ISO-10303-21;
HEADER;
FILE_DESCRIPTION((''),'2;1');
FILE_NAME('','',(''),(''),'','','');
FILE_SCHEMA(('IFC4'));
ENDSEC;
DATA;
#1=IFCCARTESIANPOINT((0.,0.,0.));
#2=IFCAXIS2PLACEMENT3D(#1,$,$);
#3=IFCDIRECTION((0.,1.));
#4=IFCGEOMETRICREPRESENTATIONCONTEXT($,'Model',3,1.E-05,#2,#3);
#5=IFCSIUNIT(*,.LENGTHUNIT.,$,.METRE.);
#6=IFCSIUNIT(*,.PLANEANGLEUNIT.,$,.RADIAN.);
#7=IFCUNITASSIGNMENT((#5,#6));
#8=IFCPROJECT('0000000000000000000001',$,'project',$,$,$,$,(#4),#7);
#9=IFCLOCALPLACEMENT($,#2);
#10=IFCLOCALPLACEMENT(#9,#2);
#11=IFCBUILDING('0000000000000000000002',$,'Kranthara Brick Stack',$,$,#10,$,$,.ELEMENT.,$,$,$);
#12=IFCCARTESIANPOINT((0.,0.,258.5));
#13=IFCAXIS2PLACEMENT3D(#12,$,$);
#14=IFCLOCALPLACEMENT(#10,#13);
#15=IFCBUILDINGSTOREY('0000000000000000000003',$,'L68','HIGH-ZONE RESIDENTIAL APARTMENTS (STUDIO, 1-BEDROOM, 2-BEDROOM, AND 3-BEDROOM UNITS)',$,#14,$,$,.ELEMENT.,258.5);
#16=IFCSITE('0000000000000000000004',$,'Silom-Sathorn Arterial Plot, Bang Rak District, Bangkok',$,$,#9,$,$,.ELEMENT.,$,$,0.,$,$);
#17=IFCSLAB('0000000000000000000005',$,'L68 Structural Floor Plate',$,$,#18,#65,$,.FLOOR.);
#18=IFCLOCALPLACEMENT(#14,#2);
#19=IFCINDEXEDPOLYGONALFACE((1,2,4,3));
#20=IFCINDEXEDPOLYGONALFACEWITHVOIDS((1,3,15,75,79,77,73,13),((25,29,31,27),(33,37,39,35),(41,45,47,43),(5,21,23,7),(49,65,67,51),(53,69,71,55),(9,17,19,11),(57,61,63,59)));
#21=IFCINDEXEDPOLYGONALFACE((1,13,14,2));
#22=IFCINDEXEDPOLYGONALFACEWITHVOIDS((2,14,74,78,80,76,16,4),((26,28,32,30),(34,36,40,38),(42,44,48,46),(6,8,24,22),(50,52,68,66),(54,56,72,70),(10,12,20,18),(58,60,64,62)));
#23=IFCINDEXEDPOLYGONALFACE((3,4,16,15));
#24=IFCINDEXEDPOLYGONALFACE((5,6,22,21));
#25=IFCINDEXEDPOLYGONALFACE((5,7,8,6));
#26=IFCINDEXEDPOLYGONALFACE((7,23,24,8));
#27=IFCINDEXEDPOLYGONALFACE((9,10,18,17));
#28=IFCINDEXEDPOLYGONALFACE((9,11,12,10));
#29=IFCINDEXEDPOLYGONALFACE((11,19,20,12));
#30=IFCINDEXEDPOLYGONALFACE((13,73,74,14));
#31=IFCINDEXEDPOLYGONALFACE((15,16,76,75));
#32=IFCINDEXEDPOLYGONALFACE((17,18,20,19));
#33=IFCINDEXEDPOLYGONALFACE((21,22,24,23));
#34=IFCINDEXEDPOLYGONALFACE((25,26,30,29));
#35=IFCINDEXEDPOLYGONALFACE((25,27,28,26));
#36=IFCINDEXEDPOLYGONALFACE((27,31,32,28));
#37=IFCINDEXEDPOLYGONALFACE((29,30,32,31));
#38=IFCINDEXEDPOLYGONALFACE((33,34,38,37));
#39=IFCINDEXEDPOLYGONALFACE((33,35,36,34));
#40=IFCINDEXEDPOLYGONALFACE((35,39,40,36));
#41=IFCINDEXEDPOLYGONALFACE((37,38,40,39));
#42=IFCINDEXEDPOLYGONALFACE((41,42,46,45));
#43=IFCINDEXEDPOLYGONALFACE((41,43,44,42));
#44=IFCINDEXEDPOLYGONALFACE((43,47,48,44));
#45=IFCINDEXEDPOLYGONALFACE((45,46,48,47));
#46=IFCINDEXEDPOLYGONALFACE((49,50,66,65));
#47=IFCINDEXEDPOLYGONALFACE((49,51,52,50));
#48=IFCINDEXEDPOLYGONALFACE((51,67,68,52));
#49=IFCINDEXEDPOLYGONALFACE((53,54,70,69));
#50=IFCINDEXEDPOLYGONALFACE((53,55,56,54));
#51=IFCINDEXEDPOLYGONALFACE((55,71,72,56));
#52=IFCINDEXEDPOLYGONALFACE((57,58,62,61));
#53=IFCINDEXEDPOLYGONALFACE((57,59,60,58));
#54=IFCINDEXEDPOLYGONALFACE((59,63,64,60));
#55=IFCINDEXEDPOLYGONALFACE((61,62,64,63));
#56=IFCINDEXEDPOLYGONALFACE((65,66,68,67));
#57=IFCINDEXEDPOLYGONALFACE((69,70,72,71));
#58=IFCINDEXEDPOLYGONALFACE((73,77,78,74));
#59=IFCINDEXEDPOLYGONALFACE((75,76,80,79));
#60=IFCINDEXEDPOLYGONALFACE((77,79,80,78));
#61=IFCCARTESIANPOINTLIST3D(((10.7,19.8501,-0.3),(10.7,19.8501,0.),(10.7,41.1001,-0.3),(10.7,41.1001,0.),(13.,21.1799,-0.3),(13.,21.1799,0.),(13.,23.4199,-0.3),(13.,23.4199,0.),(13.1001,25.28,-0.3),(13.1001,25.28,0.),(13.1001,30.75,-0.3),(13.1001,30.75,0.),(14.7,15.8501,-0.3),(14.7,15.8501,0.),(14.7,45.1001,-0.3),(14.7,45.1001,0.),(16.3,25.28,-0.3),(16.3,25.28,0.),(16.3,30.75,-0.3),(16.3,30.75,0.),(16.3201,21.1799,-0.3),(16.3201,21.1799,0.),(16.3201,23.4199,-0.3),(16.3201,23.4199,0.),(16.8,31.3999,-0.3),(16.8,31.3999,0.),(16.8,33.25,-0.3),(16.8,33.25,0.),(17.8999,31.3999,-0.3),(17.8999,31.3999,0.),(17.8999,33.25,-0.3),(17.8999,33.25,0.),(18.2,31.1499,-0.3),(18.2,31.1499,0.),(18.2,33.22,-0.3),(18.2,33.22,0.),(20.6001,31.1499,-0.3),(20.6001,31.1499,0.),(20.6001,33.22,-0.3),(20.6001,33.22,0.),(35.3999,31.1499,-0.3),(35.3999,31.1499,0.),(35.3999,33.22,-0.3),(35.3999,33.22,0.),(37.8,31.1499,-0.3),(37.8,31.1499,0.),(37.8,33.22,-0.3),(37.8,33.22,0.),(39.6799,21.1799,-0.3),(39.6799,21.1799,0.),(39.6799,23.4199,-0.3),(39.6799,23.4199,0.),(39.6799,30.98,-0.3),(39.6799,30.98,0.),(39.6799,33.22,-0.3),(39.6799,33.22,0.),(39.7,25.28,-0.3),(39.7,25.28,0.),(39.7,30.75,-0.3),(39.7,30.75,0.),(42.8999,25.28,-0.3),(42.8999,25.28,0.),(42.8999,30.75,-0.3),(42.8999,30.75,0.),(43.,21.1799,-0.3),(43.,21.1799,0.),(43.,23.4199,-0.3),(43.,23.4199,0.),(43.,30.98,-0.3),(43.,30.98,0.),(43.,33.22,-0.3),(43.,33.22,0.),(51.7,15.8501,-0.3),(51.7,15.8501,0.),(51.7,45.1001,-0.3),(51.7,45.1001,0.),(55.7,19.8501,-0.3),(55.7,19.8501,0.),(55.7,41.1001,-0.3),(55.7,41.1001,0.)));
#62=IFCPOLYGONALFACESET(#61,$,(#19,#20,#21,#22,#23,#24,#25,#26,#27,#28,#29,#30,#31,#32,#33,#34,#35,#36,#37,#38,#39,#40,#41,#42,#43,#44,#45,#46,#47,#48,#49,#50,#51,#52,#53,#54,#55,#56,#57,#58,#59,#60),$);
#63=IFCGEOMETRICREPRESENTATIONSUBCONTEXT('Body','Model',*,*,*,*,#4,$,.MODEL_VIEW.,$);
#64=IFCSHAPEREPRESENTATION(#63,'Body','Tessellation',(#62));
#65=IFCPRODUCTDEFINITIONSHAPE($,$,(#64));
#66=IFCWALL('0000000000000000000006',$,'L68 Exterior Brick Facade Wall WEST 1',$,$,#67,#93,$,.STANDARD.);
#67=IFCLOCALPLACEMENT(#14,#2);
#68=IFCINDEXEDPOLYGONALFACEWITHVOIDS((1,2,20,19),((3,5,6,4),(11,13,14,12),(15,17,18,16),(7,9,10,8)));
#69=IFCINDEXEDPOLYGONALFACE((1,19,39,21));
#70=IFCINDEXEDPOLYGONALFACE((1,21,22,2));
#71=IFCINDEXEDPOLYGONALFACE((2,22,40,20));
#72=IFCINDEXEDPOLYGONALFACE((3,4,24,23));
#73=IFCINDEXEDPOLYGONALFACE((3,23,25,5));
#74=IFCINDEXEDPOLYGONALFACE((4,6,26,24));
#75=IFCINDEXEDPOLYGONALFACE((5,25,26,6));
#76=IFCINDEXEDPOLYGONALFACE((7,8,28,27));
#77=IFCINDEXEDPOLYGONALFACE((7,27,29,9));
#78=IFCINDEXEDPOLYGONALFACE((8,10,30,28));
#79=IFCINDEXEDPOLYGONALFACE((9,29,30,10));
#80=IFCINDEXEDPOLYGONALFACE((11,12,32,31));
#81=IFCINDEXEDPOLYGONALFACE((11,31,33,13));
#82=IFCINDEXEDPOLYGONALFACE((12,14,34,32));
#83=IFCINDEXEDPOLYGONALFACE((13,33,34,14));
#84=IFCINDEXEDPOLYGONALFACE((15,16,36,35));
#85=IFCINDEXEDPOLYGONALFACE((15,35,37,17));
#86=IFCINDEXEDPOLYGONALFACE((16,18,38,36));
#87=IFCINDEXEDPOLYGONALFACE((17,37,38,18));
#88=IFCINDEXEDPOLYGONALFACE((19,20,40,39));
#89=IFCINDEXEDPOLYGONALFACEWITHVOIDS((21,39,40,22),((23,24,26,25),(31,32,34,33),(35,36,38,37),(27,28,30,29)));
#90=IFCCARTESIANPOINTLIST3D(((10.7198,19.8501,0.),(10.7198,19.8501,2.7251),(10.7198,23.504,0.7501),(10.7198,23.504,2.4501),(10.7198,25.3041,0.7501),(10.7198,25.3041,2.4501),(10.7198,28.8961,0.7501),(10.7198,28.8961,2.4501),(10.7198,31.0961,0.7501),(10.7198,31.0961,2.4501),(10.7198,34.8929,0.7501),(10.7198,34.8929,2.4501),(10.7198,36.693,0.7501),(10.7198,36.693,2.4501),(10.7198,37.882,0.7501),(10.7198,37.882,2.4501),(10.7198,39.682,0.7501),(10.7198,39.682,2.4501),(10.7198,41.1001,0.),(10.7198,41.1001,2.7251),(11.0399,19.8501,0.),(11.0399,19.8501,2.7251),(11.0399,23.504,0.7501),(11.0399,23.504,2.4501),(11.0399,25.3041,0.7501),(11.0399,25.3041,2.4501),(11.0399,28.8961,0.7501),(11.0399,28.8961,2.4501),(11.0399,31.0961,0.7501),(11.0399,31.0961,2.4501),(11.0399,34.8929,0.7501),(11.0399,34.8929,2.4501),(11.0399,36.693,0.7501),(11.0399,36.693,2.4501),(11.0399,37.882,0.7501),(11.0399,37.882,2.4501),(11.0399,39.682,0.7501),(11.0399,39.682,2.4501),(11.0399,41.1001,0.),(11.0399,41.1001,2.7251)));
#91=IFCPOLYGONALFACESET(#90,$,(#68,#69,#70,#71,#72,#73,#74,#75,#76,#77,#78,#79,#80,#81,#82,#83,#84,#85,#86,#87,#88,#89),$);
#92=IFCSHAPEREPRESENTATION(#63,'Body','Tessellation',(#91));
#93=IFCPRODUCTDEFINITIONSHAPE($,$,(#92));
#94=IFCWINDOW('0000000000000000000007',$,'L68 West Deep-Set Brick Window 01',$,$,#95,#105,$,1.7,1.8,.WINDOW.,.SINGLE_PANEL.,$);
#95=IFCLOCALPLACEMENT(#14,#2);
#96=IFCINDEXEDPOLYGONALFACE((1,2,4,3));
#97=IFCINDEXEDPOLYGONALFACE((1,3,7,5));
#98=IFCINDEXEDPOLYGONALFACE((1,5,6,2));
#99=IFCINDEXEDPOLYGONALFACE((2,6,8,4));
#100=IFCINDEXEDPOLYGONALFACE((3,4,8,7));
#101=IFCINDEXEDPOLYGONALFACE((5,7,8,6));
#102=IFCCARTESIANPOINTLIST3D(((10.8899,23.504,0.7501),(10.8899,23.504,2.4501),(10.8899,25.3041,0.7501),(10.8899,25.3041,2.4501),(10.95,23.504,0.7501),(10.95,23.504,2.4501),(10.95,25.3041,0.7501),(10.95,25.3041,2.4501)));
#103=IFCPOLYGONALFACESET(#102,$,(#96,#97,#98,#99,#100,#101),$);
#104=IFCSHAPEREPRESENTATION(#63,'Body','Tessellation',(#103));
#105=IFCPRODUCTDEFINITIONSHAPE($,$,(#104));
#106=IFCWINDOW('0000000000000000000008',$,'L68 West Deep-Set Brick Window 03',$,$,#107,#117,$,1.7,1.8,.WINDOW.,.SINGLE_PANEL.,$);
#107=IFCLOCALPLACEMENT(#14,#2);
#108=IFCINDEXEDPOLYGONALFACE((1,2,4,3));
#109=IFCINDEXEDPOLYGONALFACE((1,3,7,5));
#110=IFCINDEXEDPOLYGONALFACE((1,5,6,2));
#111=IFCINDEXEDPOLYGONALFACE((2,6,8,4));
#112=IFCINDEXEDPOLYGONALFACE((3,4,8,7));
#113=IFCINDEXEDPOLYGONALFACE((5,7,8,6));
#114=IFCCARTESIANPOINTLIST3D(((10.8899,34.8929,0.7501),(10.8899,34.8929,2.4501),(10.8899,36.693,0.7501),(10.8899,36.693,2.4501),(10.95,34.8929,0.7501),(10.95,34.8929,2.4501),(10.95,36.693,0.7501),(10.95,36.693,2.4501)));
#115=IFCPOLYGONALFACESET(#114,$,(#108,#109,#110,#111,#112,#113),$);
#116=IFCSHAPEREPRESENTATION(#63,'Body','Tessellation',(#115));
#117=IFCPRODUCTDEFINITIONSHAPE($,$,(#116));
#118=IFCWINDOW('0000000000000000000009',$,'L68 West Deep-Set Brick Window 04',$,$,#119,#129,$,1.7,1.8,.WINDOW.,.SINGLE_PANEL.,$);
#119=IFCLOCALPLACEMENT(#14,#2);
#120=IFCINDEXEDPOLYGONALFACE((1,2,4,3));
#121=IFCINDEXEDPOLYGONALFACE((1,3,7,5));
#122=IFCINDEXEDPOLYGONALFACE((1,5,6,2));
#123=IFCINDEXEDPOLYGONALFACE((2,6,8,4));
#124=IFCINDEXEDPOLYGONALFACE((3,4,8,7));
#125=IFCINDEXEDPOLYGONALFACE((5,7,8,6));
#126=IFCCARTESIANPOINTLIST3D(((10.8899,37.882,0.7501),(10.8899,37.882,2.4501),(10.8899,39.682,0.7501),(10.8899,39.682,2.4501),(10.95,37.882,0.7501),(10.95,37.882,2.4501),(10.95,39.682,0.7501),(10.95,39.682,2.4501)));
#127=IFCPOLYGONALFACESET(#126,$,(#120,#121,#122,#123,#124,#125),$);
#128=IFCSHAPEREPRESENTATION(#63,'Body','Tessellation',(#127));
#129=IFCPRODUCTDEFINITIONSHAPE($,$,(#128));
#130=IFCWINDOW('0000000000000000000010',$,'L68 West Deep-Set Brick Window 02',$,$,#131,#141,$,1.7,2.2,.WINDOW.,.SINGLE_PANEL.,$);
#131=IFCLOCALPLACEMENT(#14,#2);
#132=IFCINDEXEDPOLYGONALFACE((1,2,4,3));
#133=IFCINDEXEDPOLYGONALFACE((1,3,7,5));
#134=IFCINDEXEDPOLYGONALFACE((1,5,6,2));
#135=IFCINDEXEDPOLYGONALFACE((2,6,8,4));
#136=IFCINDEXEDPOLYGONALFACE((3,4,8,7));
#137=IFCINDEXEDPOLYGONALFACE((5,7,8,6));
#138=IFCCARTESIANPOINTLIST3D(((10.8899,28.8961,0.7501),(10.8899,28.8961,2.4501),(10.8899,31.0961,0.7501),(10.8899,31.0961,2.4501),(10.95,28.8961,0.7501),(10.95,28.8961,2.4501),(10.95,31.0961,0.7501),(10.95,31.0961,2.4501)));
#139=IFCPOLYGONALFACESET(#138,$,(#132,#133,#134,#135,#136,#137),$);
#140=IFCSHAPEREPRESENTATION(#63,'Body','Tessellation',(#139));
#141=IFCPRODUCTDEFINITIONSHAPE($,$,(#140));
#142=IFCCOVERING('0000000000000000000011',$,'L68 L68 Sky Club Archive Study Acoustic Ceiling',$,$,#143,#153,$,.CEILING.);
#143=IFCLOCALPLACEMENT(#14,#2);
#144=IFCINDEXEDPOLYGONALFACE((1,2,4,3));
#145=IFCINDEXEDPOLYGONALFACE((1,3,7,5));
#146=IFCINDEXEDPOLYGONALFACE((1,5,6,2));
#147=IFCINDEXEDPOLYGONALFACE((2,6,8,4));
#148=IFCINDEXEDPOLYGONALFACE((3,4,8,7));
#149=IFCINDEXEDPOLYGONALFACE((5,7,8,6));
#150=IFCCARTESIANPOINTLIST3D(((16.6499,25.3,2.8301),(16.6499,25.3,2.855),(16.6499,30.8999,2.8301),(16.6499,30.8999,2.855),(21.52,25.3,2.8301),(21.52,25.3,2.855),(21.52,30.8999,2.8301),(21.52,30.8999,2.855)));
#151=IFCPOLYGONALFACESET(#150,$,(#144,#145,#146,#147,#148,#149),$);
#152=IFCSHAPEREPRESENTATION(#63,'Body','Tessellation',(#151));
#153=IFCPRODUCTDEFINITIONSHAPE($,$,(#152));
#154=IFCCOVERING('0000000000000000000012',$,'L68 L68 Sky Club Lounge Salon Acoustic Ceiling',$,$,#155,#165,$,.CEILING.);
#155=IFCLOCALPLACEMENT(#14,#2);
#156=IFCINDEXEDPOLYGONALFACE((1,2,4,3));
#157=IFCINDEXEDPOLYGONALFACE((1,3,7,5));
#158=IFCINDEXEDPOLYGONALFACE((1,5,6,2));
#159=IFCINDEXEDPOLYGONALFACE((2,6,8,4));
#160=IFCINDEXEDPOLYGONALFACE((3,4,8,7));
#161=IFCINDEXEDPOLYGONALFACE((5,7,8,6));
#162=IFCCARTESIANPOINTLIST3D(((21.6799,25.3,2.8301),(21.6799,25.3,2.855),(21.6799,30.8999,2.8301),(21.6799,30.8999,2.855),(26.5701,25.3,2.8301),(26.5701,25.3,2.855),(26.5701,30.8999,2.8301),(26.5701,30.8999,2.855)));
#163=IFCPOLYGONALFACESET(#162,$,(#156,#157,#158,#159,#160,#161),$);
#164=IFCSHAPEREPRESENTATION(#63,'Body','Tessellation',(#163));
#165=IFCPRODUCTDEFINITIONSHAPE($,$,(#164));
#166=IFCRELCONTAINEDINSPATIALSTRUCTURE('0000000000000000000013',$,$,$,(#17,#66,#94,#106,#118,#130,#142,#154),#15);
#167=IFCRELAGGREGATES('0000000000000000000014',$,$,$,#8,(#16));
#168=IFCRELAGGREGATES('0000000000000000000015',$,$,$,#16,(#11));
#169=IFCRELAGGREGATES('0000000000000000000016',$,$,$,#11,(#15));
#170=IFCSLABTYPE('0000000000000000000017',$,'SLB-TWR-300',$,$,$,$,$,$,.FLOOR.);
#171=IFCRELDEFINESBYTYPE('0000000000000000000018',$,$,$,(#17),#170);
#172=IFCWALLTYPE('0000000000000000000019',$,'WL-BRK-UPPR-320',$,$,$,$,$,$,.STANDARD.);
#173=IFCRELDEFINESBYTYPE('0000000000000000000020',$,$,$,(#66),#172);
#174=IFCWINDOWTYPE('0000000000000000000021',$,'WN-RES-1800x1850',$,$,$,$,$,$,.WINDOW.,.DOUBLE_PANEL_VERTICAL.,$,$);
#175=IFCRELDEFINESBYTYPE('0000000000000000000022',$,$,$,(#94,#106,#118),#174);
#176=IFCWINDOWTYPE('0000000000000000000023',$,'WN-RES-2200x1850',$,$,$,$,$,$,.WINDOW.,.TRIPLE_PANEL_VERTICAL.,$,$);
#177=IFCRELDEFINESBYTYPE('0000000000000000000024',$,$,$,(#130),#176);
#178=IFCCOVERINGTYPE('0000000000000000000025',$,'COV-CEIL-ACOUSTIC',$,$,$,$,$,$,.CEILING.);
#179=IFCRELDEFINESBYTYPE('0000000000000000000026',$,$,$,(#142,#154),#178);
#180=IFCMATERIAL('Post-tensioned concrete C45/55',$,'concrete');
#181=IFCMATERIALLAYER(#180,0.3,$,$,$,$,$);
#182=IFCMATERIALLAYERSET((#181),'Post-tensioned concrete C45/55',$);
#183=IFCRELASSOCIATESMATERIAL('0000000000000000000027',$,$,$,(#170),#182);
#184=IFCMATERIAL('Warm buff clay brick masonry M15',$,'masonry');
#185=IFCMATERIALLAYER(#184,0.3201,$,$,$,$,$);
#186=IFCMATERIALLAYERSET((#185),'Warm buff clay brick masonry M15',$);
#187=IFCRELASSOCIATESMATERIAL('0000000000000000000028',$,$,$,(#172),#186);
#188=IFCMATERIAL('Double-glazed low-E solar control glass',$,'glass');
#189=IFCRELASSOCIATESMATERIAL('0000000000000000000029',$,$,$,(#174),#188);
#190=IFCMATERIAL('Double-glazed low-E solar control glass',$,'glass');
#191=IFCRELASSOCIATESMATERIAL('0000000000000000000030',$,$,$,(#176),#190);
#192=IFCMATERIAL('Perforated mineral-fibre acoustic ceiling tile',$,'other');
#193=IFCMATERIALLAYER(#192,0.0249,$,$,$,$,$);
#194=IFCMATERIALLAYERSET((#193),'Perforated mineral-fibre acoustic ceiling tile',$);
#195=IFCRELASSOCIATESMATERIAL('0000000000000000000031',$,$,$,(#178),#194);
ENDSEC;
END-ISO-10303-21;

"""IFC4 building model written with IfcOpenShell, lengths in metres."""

from ifc_helpers import new_model, si_unit, direction, frame, frame_2d, origin, place, context, subcontext, project, spatial, polyline, rectangle, outline, extrude, material, layer, layer_set, type_object, element, fill, save


model = new_model("IFC4")

# Units and contexts
model_context = context("Model", 3, precision=1e-05, world=origin(), true_north=direction((0.0, 1.0)))
body_context = subcontext(model_context, "Body", "Model", "MODEL_VIEW")
ifc_project = project(units=[si_unit("LENGTHUNIT", "METRE"), si_unit("PLANEANGLEUNIT", "RADIAN")], contexts=[model_context])

# Site, building, storey
site_placement = place(None, origin())
site = spatial("IfcSite", under=ifc_project, at=site_placement, Name="Silom-Sathorn Arterial Plot, Bang Rak District, Bangkok", CompositionType="ELEMENT", RefElevation=0.0)
building_placement = place(site_placement, origin())
building = spatial("IfcBuilding", under=site, at=building_placement, Name="Kranthara Brick Stack", CompositionType="ELEMENT")
storey_placement = place(building_placement, frame((0.0, 0.0, 258.5)))
storey = spatial("IfcBuildingStorey", under=building, at=storey_placement, Name="L68", Description="HIGH-ZONE RESIDENTIAL APARTMENTS (STUDIO, 1-BEDROOM, 2-BEDROOM, AND 3-BEDROOM UNITS)", CompositionType="ELEMENT", Elevation=258.5)

# Slab
ifc_material_1 = material(Name="Post-tensioned concrete C45/55", Category="concrete")
ifc_layer_1 = layer(ifc_material_1, 0.3)
ifc_layer_set_1 = layer_set([ifc_layer_1], Name="Post-tensioned concrete C45/55")
slab_type_1 = type_object("IfcSlabType", Name="SLB-TWR-300", PredefinedType="FLOOR", material=ifc_layer_set_1)
slab_1_placement = place(storey_placement, frame((0.0, 0.0, -0.3)))
element("IfcSlab", 1, at=slab_1_placement, inside=storey, type_object=slab_type_1, Name="L68 Structural Floor Plate", PredefinedType="FLOOR", context=body_context, shape_type="SweptSolid", body=[
    extrude(outline(polyline([(14.7, 15.8501), (51.7, 15.8501), (55.7, 19.8501), (55.7, 41.1001), (51.7, 45.1001), (14.7, 45.1001), (10.7, 41.1001), (10.7, 19.8501), (14.7, 15.8501)]), holes=[polyline([(13.1001, 25.28), (16.3, 25.28), (16.3, 30.75), (13.1001, 30.75), (13.1001, 25.28)]), polyline([(39.7, 25.28), (42.8999, 25.28), (42.8999, 30.75), (39.7, 30.75), (39.7, 25.28)]), polyline([(13.0, 21.1799), (16.3201, 21.1799), (16.3201, 23.4199), (13.0, 23.4199), (13.0, 21.1799)]), polyline([(39.6799, 21.1799), (43.0, 21.1799), (43.0, 23.4199), (39.6799, 23.4199), (39.6799, 21.1799)]), polyline([(39.6799, 30.98), (43.0, 30.98), (43.0, 33.22), (39.6799, 33.22), (39.6799, 30.98)]), polyline([(18.2, 31.1499), (20.6001, 31.1499), (20.6001, 33.22), (18.2, 33.22), (18.2, 31.1499)]), polyline([(35.3999, 31.1499), (37.8, 31.1499), (37.8, 33.22), (35.3999, 33.22), (35.3999, 31.1499)]), polyline([(16.8, 31.3999), (17.8999, 31.3999), (17.8999, 33.25), (16.8, 33.25), (16.8, 31.3999)])]), origin(), (0.0, 0.0, 1.0), 0.3),
])

# Wall, openings, windows
ifc_material_2 = material(Name="Warm buff clay brick masonry M15", Category="masonry")
ifc_layer_2 = layer(ifc_material_2, 0.3201)
ifc_layer_set_2 = layer_set([ifc_layer_2], Name="Warm buff clay brick masonry M15")
wall_type = type_object("IfcWallType", Name="WL-BRK-UPPR-320", PredefinedType="STANDARD", material=ifc_layer_set_2)
wall_placement = place(storey_placement, frame((10.8799, 19.8501, 0.0), z_axis=(0.0, 0.0, 1.0), x_axis=(0.0, 1.0, 0.0)))
wall = element("IfcWall", 2, at=wall_placement, inside=storey, type_object=wall_type, Name="L68 Exterior Brick Facade Wall WEST 1", PredefinedType="STANDARD", context=body_context, shape_type="SweptSolid", body=[
    extrude(rectangle(XDim=21.25, YDim=0.3201, at=frame_2d((10.625, 0.0))), origin(), (0.0, 0.0, 1.0), 2.7251),
])
opening_1_placement = place(wall_placement, frame((3.6541, 0.0, 0.75)))
opening_1 = element("IfcOpeningElement", 3, at=opening_1_placement, cuts=wall, PredefinedType="OPENING", context=body_context, shape_type="SweptSolid", body=[
    extrude(rectangle(XDim=1.8, YDim=1.7, at=frame_2d((0.8999, 0.8501))), frame((0.0, 0.1699, 0.0), z_axis=(0.0, -1.0, 0.0), x_axis=(1.0, 0.0, 0.0)), (0.0, 0.0, 1.0), 0.3401),
])
opening_2_placement = place(wall_placement, frame((9.0459, 0.0, 0.75)))
opening_2 = element("IfcOpeningElement", 4, at=opening_2_placement, cuts=wall, PredefinedType="OPENING", context=body_context, shape_type="SweptSolid", body=[
    extrude(rectangle(XDim=2.2, YDim=1.7, at=frame_2d((1.1001, 0.8501))), frame((0.0, 0.1699, 0.0), z_axis=(0.0, -1.0, 0.0), x_axis=(1.0, 0.0, 0.0)), (0.0, 0.0, 1.0), 0.3401),
])
opening_3_placement = place(wall_placement, frame((15.043, 0.0, 0.75)))
opening_3 = element("IfcOpeningElement", 5, at=opening_3_placement, cuts=wall, PredefinedType="OPENING", context=body_context, shape_type="SweptSolid", body=[
    extrude(rectangle(XDim=1.8, YDim=1.7, at=frame_2d((0.8999, 0.8501))), frame((0.0, 0.1699, 0.0), z_axis=(0.0, -1.0, 0.0), x_axis=(1.0, 0.0, 0.0)), (0.0, 0.0, 1.0), 0.3401),
])
opening_4_placement = place(wall_placement, frame((18.032, 0.0, 0.75)))
opening_4 = element("IfcOpeningElement", 6, at=opening_4_placement, cuts=wall, PredefinedType="OPENING", context=body_context, shape_type="SweptSolid", body=[
    extrude(rectangle(XDim=1.8, YDim=1.7, at=frame_2d((0.8999, 0.8501))), frame((0.0, 0.1699, 0.0), z_axis=(0.0, -1.0, 0.0), x_axis=(1.0, 0.0, 0.0)), (0.0, 0.0, 1.0), 0.3401),
])
ifc_material_3 = material(Name="Double-glazed low-E solar control glass", Category="glass")
window_type_1 = type_object("IfcWindowType", Name="WN-RES-1800x1850", PartitioningType="DOUBLE_PANEL_VERTICAL", PredefinedType="WINDOW", material=ifc_material_3)
window_1_placement = place(opening_1_placement, origin())
window_1 = element("IfcWindow", 7, at=window_1_placement, inside=storey, type_object=window_type_1, Name="L68 West Deep-Set Brick Window 01", OverallHeight=1.7, OverallWidth=1.8, PartitioningType="SINGLE_PANEL", PredefinedType="WINDOW", context=body_context, shape_type="SweptSolid", body=[
    extrude(rectangle(XDim=1.8, YDim=1.7, at=frame_2d((0.8999, 0.8501))), frame((0.0, -0.01, 0.0), z_axis=(0.0, -1.0, 0.0), x_axis=(1.0, 0.0, 0.0)), (0.0, 0.0, 1.0), 0.0601),
])
fill(opening_1, window_1)
window_2_placement = place(opening_3_placement, origin())
window_2 = element("IfcWindow", 8, at=window_2_placement, inside=storey, type_object=window_type_1, Name="L68 West Deep-Set Brick Window 03", OverallHeight=1.7, OverallWidth=1.8, PartitioningType="SINGLE_PANEL", PredefinedType="WINDOW", context=body_context, shape_type="SweptSolid", body=[
    extrude(rectangle(XDim=1.8, YDim=1.7, at=frame_2d((0.8999, 0.8501))), frame((0.0, -0.01, 0.0), z_axis=(0.0, -1.0, 0.0), x_axis=(1.0, 0.0, 0.0)), (0.0, 0.0, 1.0), 0.0601),
])
fill(opening_3, window_2)
window_3_placement = place(opening_4_placement, origin())
window_3 = element("IfcWindow", 9, at=window_3_placement, inside=storey, type_object=window_type_1, Name="L68 West Deep-Set Brick Window 04", OverallHeight=1.7, OverallWidth=1.8, PartitioningType="SINGLE_PANEL", PredefinedType="WINDOW", context=body_context, shape_type="SweptSolid", body=[
    extrude(rectangle(XDim=1.8, YDim=1.7, at=frame_2d((0.8999, 0.8501))), frame((0.0, -0.01, 0.0), z_axis=(0.0, -1.0, 0.0), x_axis=(1.0, 0.0, 0.0)), (0.0, 0.0, 1.0), 0.0601),
])
fill(opening_4, window_3)
ifc_material_4 = material(Name="Double-glazed low-E solar control glass", Category="glass")
window_type_2 = type_object("IfcWindowType", Name="WN-RES-2200x1850", PartitioningType="TRIPLE_PANEL_VERTICAL", PredefinedType="WINDOW", material=ifc_material_4)
window_4_placement = place(opening_2_placement, origin())
window_4 = element("IfcWindow", 10, at=window_4_placement, inside=storey, type_object=window_type_2, Name="L68 West Deep-Set Brick Window 02", OverallHeight=1.7, OverallWidth=2.2, PartitioningType="SINGLE_PANEL", PredefinedType="WINDOW", context=body_context, shape_type="SweptSolid", body=[
    extrude(rectangle(XDim=2.2, YDim=1.7, at=frame_2d((1.1001, 0.8501))), frame((0.0, -0.01, 0.0), z_axis=(0.0, -1.0, 0.0), x_axis=(1.0, 0.0, 0.0)), (0.0, 0.0, 1.0), 0.0601),
])
fill(opening_2, window_4)

# Coverings
ifc_material_5 = material(Name="Perforated mineral-fibre acoustic ceiling tile", Category="other")
ifc_layer_3 = layer(ifc_material_5, 0.0249)
ifc_layer_set_3 = layer_set([ifc_layer_3], Name="Perforated mineral-fibre acoustic ceiling tile")
covering_type_1 = type_object("IfcCoveringType", Name="COV-CEIL-ACOUSTIC", PredefinedType="CEILING", material=ifc_layer_set_3)
covering_1_placement = place(storey_placement, frame((0.0, 0.0, 2.8301)))
element("IfcCovering", 11, at=covering_1_placement, inside=storey, type_object=covering_type_1, Name="L68 L68 Sky Club Archive Study Acoustic Ceiling", PredefinedType="CEILING", context=body_context, shape_type="SweptSolid", body=[
    extrude(outline(polyline([(21.52, 25.3), (21.52, 30.8999), (16.6499, 30.8999), (16.6499, 25.3), (21.52, 25.3)])), origin(), (0.0, 0.0, 1.0), 0.0249),
])
covering_2_placement = place(storey_placement, frame((0.0, 0.0, 2.8301)))
element("IfcCovering", 12, at=covering_2_placement, inside=storey, type_object=covering_type_1, Name="L68 L68 Sky Club Lounge Salon Acoustic Ceiling", PredefinedType="CEILING", context=body_context, shape_type="SweptSolid", body=[
    extrude(outline(polyline([(26.5701, 25.3), (26.5701, 30.8999), (21.6799, 30.8999), (21.6799, 25.3), (26.5701, 25.3)])), origin(), (0.0, 0.0, 1.0), 0.0249),
])

save(model, "model.ifc")
